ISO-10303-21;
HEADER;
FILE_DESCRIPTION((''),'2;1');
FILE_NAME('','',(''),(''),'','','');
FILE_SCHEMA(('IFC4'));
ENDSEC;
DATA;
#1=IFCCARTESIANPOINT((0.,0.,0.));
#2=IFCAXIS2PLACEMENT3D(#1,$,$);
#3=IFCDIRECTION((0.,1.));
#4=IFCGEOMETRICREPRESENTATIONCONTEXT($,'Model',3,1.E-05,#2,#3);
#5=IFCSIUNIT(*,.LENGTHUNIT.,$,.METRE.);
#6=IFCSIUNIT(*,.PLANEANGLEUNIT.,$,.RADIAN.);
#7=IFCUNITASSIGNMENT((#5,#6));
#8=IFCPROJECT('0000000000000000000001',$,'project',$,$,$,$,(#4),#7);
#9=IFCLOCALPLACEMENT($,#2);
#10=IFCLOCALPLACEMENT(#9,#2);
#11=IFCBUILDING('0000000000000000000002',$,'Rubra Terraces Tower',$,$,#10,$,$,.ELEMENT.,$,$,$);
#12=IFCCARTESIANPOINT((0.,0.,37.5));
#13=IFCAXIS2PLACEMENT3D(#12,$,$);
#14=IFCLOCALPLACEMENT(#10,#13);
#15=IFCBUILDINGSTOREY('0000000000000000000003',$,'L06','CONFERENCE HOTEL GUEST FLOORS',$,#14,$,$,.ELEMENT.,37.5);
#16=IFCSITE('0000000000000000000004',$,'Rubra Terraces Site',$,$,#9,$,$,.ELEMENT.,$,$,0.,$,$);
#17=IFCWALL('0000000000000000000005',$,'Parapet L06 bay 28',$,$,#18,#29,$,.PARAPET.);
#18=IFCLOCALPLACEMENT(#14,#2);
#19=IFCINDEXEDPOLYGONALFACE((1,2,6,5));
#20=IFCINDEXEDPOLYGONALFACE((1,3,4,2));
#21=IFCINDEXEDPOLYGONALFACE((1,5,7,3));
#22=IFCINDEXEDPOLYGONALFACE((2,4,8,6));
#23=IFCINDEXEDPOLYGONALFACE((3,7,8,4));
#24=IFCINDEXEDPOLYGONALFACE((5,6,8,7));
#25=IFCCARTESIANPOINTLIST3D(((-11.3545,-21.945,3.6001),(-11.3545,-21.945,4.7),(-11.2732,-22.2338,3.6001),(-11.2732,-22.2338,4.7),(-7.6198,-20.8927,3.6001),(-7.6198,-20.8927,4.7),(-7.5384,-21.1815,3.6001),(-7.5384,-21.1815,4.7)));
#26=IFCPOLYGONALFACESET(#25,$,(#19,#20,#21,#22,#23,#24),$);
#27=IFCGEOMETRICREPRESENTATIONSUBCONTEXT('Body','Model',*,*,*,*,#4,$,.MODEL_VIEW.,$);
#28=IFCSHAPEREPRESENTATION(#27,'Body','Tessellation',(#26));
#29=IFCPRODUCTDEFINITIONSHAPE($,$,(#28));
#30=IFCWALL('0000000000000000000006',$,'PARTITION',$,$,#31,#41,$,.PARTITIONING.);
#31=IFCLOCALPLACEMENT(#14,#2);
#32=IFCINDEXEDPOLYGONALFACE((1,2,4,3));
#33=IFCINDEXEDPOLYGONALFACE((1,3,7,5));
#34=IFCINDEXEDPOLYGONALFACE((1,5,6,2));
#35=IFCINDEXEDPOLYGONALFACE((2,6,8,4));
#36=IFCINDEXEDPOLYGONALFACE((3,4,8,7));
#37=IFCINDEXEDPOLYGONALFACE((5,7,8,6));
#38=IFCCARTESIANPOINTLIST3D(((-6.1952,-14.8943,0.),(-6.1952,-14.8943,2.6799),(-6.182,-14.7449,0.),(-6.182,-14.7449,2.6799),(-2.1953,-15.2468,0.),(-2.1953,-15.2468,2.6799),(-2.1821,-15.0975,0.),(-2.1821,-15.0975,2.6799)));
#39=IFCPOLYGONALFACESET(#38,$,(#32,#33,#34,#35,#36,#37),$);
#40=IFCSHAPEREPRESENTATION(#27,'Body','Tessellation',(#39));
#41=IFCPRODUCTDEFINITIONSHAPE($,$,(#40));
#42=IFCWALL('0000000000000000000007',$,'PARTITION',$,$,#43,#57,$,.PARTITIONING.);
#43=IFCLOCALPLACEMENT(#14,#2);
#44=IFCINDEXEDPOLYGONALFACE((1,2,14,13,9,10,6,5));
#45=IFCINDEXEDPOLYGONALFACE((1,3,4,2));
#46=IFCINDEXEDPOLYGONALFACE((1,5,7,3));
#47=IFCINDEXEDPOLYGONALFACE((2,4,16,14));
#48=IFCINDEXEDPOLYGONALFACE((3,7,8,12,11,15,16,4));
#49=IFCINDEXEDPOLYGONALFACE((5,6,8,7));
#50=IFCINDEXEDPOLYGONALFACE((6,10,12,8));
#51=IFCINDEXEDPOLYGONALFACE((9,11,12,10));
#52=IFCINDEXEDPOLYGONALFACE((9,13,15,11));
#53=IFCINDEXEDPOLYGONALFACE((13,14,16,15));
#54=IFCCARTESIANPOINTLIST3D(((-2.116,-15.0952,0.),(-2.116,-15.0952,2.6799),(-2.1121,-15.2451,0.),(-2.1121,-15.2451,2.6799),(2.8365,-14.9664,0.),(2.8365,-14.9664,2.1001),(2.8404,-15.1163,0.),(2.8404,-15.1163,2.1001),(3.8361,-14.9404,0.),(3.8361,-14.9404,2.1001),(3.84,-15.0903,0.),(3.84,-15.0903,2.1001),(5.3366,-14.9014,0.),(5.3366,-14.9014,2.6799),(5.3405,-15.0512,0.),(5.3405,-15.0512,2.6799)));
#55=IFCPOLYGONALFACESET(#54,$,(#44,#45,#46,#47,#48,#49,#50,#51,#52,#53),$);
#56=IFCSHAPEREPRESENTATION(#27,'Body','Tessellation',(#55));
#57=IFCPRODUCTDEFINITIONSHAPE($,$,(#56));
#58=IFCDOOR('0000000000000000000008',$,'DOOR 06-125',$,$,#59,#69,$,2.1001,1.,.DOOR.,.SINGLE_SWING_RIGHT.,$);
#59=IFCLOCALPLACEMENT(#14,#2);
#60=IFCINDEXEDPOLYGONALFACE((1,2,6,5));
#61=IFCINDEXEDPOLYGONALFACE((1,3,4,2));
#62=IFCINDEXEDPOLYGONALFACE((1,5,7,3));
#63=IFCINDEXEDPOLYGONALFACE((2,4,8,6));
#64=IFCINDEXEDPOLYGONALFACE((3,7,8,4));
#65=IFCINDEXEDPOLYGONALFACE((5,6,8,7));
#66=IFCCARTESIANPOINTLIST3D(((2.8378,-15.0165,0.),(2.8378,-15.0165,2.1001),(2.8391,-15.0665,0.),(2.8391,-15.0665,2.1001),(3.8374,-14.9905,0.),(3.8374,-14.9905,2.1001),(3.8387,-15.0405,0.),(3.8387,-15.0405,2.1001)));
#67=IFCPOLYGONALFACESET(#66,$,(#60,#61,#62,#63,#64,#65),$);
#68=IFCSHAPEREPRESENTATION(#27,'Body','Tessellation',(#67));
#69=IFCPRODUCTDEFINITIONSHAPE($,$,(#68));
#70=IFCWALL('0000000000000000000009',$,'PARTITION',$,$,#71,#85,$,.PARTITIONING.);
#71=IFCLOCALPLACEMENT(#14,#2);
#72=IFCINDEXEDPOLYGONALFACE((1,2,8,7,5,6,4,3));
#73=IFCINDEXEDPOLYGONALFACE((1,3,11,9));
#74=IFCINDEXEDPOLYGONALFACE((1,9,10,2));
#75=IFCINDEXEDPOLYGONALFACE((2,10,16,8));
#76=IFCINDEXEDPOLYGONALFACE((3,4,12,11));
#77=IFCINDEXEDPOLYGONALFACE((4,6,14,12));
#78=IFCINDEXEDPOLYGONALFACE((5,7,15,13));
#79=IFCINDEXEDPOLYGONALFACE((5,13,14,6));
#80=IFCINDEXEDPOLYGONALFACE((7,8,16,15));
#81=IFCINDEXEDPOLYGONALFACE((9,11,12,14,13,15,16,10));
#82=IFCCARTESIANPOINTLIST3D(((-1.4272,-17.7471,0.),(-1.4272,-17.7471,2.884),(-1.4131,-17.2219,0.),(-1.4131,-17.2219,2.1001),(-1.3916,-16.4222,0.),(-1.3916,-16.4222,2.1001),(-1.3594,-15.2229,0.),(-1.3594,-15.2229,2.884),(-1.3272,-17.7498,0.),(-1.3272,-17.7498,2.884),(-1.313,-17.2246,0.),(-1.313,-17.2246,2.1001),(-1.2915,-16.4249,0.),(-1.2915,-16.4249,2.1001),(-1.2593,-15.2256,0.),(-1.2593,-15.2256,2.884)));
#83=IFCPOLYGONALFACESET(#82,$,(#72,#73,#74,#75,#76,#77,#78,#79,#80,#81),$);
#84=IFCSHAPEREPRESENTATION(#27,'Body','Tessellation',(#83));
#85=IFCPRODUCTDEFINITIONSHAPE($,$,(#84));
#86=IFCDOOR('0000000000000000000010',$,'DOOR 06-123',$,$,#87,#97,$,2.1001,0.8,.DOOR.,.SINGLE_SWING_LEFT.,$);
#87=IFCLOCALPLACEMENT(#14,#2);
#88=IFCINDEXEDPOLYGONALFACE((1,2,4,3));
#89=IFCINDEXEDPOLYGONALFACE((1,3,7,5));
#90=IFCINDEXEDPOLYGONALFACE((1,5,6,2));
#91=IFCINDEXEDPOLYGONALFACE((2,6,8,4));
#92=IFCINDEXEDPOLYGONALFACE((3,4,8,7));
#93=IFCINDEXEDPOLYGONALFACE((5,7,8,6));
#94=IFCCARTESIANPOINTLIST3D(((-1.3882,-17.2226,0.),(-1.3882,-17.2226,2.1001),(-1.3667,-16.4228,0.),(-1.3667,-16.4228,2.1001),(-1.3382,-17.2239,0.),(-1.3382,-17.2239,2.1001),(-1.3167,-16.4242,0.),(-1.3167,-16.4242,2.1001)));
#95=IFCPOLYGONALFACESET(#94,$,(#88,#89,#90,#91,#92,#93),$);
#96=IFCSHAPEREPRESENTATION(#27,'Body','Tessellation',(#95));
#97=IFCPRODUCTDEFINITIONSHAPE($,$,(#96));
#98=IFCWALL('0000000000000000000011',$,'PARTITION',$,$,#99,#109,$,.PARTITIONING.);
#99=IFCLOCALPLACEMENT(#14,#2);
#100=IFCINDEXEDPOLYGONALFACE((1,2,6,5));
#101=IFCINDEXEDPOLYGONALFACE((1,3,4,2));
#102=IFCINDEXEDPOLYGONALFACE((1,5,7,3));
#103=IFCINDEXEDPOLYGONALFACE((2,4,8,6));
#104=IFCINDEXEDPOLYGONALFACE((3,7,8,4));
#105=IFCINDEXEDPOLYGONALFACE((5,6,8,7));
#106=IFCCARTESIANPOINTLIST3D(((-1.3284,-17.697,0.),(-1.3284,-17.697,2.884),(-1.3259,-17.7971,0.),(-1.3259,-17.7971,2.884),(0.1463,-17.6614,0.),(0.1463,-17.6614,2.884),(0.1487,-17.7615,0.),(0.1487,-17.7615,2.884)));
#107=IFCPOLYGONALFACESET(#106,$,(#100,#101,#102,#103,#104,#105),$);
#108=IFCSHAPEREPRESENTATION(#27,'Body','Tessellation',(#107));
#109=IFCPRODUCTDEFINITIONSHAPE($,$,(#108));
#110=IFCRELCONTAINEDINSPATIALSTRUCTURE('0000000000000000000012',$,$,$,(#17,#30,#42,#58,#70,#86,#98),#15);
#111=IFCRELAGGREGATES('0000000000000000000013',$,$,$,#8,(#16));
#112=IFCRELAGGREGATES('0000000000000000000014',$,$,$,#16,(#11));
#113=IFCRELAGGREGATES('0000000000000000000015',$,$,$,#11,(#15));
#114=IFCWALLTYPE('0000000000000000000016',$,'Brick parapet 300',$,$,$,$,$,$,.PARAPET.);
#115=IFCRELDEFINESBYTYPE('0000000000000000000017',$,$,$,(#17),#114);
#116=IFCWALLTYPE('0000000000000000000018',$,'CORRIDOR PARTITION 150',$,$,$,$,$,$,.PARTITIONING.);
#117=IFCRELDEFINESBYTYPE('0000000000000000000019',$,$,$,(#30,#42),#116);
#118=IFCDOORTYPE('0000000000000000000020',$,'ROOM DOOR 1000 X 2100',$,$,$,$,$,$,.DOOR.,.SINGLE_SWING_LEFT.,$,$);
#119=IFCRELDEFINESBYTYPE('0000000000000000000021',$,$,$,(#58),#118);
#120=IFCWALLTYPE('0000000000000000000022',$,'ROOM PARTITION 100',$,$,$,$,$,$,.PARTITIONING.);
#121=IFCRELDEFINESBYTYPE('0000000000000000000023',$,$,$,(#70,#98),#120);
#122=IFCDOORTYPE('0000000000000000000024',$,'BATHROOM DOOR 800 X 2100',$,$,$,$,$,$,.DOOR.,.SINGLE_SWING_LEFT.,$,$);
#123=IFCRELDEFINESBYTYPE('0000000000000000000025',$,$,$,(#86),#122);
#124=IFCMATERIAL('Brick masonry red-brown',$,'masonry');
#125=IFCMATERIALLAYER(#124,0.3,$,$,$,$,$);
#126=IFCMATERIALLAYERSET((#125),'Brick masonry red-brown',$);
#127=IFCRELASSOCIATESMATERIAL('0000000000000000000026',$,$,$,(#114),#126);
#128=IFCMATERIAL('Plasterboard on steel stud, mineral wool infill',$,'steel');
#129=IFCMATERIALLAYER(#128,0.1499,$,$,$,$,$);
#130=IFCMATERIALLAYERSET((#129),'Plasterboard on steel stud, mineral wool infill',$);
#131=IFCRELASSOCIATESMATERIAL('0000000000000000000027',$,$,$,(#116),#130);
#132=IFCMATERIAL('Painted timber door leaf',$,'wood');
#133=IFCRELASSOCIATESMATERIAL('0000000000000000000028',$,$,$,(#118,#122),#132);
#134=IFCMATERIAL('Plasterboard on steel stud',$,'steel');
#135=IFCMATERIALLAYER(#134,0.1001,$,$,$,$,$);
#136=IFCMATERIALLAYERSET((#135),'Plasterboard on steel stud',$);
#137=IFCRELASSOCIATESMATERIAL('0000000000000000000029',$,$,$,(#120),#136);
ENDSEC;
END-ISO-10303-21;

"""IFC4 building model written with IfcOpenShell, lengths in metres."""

from ifc_helpers import new_model, si_unit, direction, frame, frame_2d, origin, place, context, subcontext, project, spatial, rectangle, extrude, material, layer, layer_set, type_object, element, fill, save


model = new_model("IFC4")

# Units and contexts
model_context = context("Model", 3, precision=1e-05, world=origin(), true_north=direction((0.0, 1.0)))
body_context = subcontext(model_context, "Body", "Model", "MODEL_VIEW")
ifc_project = project(units=[si_unit("LENGTHUNIT", "METRE"), si_unit("PLANEANGLEUNIT", "RADIAN")], contexts=[model_context])

# Site, building, storey
site_placement = place(None, origin())
site = spatial("IfcSite", under=ifc_project, at=site_placement, Name="Rubra Terraces Site", CompositionType="ELEMENT", RefElevation=0.0)
building_placement = place(site_placement, origin())
building = spatial("IfcBuilding", under=site, at=building_placement, Name="Rubra Terraces Tower", CompositionType="ELEMENT")
storey_placement = place(building_placement, frame((0.0, 0.0, 37.5)))
storey = spatial("IfcBuildingStorey", under=building, at=storey_placement, Name="L06", Description="CONFERENCE HOTEL GUEST FLOORS", CompositionType="ELEMENT", Elevation=37.5)

# Shared definitions
ifc_material_1 = material(Name="Brick masonry red-brown", Category="masonry")

# Walls
ifc_layer_1 = layer(ifc_material_1, 0.3)
ifc_layer_set_1 = layer_set([ifc_layer_1], Name="Brick masonry red-brown")
wall_type_1 = type_object("IfcWallType", Name="Brick parapet 300", PredefinedType="PARAPET", material=ifc_layer_set_1)
wall_1_placement = place(storey_placement, frame((-11.3137, -22.0894, 3.6001), z_axis=(0.0, 0.0, 1.0), x_axis=(0.962524, 0.271196, 0.0)))
element("IfcWall", 1, at=wall_1_placement, inside=storey, type_object=wall_type_1, Name="Parapet L06 bay 28", PredefinedType="PARAPET", context=body_context, shape_type="SweptSolid", body=[
    extrude(rectangle(XDim=3.8801, YDim=0.3, at=frame_2d((1.9399, 0.0))), origin(), (0.0, 0.0, 1.0), 1.0999),
])
ifc_material_2 = material(Name="Plasterboard on steel stud, mineral wool infill", Category="steel")
ifc_layer_2 = layer(ifc_material_2, 0.1499)
ifc_layer_set_2 = layer_set([ifc_layer_2], Name="Plasterboard on steel stud, mineral wool infill")
wall_type_2 = type_object("IfcWallType", Name="CORRIDOR PARTITION 150", PredefinedType="PARTITIONING", material=ifc_layer_set_2)
wall_2_placement = place(storey_placement, frame((-6.1887, -14.8196, 0.0), z_axis=(0.0, 0.0, 1.0), x_axis=(0.996138, -0.0878, 0.0)))
element("IfcWall", 2, at=wall_2_placement, inside=storey, type_object=wall_type_2, Name="PARTITION", PredefinedType="PARTITIONING", context=body_context, shape_type="SweptSolid", body=[
    extrude(rectangle(XDim=4.0154, YDim=0.1499, at=frame_2d((2.0078, 0.0))), origin(), (0.0, 0.0, 1.0), 2.6799),
])

# Walls, openings, doors
wall_3_placement = place(storey_placement, frame((-2.114, -15.1702, 0.0), z_axis=(0.0, 0.0, 1.0), x_axis=(0.999662, 0.026002, 0.0)))
wall_3 = element("IfcWall", 3, at=wall_3_placement, inside=storey, type_object=wall_type_2, Name="PARTITION", PredefinedType="PARTITIONING", context=body_context, shape_type="SweptSolid", body=[
    extrude(rectangle(XDim=7.4551, YDim=0.1499, at=frame_2d((3.7275, 0.0))), origin(), (0.0, 0.0, 1.0), 2.6799),
])
opening_1_placement = place(wall_3_placement, frame((4.9541, 0.0, 0.0)))
opening_1 = element("IfcOpeningElement", 4, at=opening_1_placement, cuts=wall_3, PredefinedType="OPENING", context=body_context, shape_type="SweptSolid", body=[
    extrude(rectangle(XDim=1.0, YDim=2.1001, at=frame_2d((0.5, 1.05))), frame((0.0, 0.085, 0.0), z_axis=(0.0, -1.0, 0.0), x_axis=(1.0, 0.0, 0.0)), (0.0, 0.0, 1.0), 0.1699),
])
ifc_material_3 = material(Name="Painted timber door leaf", Category="wood")
door_type_1 = type_object("IfcDoorType", Name="ROOM DOOR 1000 X 2100", OperationType="SINGLE_SWING_LEFT", PredefinedType="DOOR", material=ifc_material_3)
door_1_placement = place(opening_1_placement, origin())
door_1 = element("IfcDoor", 5, at=door_1_placement, inside=storey, type_object=door_type_1, Name="DOOR 06-125", OperationType="SINGLE_SWING_RIGHT", OverallHeight=2.1001, OverallWidth=1.0, PredefinedType="DOOR", context=body_context, shape_type="SweptSolid", body=[
    extrude(rectangle(XDim=1.0, YDim=2.1001, at=frame_2d((0.5, 1.05))), frame((0.0, 0.0249, 0.0), z_axis=(0.0, -1.0, 0.0), x_axis=(1.0, 0.0, 0.0)), (0.0, 0.0, 1.0), 0.05),
])
fill(opening_1, door_1)
ifc_material_4 = material(Name="Plasterboard on steel stud", Category="steel")
ifc_layer_3 = layer(ifc_material_4, 0.1001)
ifc_layer_set_3 = layer_set([ifc_layer_3], Name="Plasterboard on steel stud")
wall_type_3 = type_object("IfcWallType", Name="ROOM PARTITION 100", PredefinedType="PARTITIONING", material=ifc_layer_set_3)
wall_4_placement = place(storey_placement, frame((-1.3093, -15.2241, 0.0), z_axis=(0.0, 0.0, 1.0), x_axis=(-0.026879, -0.999639, 0.0)))
wall_4 = element("IfcWall", 6, at=wall_4_placement, inside=storey, type_object=wall_type_3, Name="PARTITION", PredefinedType="PARTITIONING", context=body_context, shape_type="SweptSolid", body=[
    extrude(rectangle(XDim=2.5251, YDim=0.1001, at=frame_2d((1.2627, 0.0))), origin(), (0.0, 0.0, 1.0), 2.884),
])
opening_2_placement = place(wall_4_placement, frame((1.2, 0.0, 0.0)))
opening_2 = element("IfcOpeningElement", 7, at=opening_2_placement, cuts=wall_4, PredefinedType="OPENING", context=body_context, shape_type="SweptSolid", body=[
    extrude(rectangle(XDim=0.8, YDim=2.1001, at=frame_2d((0.3999, 1.05))), frame((0.0, 0.0601, 0.0), z_axis=(0.0, -1.0, 0.0), x_axis=(1.0, 0.0, 0.0)), (0.0, 0.0, 1.0), 0.1201),
])
door_type_2 = type_object("IfcDoorType", Name="BATHROOM DOOR 800 X 2100", OperationType="SINGLE_SWING_LEFT", PredefinedType="DOOR", material=ifc_material_3)
door_2_placement = place(opening_2_placement, origin())
door_2 = element("IfcDoor", 8, at=door_2_placement, inside=storey, type_object=door_type_2, Name="DOOR 06-123", OperationType="SINGLE_SWING_LEFT", OverallHeight=2.1001, OverallWidth=0.8, PredefinedType="DOOR", context=body_context, shape_type="SweptSolid", body=[
    extrude(rectangle(XDim=0.8, YDim=2.1001, at=frame_2d((0.3999, 1.05))), frame((0.0, 0.0249, 0.0), z_axis=(0.0, -1.0, 0.0), x_axis=(1.0, 0.0, 0.0)), (0.0, 0.0, 1.0), 0.05),
])
fill(opening_2, door_2)

# Wall
wall_5_placement = place(storey_placement, frame((-1.3271, -17.7471, 0.0), z_axis=(0.0, 0.0, 1.0), x_axis=(0.999708, 0.024165, 0.0)))
element("IfcWall", 9, at=wall_5_placement, inside=storey, type_object=wall_type_3, Name="PARTITION", PredefinedType="PARTITIONING", context=body_context, shape_type="SweptSolid", body=[
    extrude(rectangle(XDim=1.4751, YDim=0.1001, at=frame_2d((0.7375, 0.0))), origin(), (0.0, 0.0, 1.0), 2.884),
])

save(model, "model.ifc")
